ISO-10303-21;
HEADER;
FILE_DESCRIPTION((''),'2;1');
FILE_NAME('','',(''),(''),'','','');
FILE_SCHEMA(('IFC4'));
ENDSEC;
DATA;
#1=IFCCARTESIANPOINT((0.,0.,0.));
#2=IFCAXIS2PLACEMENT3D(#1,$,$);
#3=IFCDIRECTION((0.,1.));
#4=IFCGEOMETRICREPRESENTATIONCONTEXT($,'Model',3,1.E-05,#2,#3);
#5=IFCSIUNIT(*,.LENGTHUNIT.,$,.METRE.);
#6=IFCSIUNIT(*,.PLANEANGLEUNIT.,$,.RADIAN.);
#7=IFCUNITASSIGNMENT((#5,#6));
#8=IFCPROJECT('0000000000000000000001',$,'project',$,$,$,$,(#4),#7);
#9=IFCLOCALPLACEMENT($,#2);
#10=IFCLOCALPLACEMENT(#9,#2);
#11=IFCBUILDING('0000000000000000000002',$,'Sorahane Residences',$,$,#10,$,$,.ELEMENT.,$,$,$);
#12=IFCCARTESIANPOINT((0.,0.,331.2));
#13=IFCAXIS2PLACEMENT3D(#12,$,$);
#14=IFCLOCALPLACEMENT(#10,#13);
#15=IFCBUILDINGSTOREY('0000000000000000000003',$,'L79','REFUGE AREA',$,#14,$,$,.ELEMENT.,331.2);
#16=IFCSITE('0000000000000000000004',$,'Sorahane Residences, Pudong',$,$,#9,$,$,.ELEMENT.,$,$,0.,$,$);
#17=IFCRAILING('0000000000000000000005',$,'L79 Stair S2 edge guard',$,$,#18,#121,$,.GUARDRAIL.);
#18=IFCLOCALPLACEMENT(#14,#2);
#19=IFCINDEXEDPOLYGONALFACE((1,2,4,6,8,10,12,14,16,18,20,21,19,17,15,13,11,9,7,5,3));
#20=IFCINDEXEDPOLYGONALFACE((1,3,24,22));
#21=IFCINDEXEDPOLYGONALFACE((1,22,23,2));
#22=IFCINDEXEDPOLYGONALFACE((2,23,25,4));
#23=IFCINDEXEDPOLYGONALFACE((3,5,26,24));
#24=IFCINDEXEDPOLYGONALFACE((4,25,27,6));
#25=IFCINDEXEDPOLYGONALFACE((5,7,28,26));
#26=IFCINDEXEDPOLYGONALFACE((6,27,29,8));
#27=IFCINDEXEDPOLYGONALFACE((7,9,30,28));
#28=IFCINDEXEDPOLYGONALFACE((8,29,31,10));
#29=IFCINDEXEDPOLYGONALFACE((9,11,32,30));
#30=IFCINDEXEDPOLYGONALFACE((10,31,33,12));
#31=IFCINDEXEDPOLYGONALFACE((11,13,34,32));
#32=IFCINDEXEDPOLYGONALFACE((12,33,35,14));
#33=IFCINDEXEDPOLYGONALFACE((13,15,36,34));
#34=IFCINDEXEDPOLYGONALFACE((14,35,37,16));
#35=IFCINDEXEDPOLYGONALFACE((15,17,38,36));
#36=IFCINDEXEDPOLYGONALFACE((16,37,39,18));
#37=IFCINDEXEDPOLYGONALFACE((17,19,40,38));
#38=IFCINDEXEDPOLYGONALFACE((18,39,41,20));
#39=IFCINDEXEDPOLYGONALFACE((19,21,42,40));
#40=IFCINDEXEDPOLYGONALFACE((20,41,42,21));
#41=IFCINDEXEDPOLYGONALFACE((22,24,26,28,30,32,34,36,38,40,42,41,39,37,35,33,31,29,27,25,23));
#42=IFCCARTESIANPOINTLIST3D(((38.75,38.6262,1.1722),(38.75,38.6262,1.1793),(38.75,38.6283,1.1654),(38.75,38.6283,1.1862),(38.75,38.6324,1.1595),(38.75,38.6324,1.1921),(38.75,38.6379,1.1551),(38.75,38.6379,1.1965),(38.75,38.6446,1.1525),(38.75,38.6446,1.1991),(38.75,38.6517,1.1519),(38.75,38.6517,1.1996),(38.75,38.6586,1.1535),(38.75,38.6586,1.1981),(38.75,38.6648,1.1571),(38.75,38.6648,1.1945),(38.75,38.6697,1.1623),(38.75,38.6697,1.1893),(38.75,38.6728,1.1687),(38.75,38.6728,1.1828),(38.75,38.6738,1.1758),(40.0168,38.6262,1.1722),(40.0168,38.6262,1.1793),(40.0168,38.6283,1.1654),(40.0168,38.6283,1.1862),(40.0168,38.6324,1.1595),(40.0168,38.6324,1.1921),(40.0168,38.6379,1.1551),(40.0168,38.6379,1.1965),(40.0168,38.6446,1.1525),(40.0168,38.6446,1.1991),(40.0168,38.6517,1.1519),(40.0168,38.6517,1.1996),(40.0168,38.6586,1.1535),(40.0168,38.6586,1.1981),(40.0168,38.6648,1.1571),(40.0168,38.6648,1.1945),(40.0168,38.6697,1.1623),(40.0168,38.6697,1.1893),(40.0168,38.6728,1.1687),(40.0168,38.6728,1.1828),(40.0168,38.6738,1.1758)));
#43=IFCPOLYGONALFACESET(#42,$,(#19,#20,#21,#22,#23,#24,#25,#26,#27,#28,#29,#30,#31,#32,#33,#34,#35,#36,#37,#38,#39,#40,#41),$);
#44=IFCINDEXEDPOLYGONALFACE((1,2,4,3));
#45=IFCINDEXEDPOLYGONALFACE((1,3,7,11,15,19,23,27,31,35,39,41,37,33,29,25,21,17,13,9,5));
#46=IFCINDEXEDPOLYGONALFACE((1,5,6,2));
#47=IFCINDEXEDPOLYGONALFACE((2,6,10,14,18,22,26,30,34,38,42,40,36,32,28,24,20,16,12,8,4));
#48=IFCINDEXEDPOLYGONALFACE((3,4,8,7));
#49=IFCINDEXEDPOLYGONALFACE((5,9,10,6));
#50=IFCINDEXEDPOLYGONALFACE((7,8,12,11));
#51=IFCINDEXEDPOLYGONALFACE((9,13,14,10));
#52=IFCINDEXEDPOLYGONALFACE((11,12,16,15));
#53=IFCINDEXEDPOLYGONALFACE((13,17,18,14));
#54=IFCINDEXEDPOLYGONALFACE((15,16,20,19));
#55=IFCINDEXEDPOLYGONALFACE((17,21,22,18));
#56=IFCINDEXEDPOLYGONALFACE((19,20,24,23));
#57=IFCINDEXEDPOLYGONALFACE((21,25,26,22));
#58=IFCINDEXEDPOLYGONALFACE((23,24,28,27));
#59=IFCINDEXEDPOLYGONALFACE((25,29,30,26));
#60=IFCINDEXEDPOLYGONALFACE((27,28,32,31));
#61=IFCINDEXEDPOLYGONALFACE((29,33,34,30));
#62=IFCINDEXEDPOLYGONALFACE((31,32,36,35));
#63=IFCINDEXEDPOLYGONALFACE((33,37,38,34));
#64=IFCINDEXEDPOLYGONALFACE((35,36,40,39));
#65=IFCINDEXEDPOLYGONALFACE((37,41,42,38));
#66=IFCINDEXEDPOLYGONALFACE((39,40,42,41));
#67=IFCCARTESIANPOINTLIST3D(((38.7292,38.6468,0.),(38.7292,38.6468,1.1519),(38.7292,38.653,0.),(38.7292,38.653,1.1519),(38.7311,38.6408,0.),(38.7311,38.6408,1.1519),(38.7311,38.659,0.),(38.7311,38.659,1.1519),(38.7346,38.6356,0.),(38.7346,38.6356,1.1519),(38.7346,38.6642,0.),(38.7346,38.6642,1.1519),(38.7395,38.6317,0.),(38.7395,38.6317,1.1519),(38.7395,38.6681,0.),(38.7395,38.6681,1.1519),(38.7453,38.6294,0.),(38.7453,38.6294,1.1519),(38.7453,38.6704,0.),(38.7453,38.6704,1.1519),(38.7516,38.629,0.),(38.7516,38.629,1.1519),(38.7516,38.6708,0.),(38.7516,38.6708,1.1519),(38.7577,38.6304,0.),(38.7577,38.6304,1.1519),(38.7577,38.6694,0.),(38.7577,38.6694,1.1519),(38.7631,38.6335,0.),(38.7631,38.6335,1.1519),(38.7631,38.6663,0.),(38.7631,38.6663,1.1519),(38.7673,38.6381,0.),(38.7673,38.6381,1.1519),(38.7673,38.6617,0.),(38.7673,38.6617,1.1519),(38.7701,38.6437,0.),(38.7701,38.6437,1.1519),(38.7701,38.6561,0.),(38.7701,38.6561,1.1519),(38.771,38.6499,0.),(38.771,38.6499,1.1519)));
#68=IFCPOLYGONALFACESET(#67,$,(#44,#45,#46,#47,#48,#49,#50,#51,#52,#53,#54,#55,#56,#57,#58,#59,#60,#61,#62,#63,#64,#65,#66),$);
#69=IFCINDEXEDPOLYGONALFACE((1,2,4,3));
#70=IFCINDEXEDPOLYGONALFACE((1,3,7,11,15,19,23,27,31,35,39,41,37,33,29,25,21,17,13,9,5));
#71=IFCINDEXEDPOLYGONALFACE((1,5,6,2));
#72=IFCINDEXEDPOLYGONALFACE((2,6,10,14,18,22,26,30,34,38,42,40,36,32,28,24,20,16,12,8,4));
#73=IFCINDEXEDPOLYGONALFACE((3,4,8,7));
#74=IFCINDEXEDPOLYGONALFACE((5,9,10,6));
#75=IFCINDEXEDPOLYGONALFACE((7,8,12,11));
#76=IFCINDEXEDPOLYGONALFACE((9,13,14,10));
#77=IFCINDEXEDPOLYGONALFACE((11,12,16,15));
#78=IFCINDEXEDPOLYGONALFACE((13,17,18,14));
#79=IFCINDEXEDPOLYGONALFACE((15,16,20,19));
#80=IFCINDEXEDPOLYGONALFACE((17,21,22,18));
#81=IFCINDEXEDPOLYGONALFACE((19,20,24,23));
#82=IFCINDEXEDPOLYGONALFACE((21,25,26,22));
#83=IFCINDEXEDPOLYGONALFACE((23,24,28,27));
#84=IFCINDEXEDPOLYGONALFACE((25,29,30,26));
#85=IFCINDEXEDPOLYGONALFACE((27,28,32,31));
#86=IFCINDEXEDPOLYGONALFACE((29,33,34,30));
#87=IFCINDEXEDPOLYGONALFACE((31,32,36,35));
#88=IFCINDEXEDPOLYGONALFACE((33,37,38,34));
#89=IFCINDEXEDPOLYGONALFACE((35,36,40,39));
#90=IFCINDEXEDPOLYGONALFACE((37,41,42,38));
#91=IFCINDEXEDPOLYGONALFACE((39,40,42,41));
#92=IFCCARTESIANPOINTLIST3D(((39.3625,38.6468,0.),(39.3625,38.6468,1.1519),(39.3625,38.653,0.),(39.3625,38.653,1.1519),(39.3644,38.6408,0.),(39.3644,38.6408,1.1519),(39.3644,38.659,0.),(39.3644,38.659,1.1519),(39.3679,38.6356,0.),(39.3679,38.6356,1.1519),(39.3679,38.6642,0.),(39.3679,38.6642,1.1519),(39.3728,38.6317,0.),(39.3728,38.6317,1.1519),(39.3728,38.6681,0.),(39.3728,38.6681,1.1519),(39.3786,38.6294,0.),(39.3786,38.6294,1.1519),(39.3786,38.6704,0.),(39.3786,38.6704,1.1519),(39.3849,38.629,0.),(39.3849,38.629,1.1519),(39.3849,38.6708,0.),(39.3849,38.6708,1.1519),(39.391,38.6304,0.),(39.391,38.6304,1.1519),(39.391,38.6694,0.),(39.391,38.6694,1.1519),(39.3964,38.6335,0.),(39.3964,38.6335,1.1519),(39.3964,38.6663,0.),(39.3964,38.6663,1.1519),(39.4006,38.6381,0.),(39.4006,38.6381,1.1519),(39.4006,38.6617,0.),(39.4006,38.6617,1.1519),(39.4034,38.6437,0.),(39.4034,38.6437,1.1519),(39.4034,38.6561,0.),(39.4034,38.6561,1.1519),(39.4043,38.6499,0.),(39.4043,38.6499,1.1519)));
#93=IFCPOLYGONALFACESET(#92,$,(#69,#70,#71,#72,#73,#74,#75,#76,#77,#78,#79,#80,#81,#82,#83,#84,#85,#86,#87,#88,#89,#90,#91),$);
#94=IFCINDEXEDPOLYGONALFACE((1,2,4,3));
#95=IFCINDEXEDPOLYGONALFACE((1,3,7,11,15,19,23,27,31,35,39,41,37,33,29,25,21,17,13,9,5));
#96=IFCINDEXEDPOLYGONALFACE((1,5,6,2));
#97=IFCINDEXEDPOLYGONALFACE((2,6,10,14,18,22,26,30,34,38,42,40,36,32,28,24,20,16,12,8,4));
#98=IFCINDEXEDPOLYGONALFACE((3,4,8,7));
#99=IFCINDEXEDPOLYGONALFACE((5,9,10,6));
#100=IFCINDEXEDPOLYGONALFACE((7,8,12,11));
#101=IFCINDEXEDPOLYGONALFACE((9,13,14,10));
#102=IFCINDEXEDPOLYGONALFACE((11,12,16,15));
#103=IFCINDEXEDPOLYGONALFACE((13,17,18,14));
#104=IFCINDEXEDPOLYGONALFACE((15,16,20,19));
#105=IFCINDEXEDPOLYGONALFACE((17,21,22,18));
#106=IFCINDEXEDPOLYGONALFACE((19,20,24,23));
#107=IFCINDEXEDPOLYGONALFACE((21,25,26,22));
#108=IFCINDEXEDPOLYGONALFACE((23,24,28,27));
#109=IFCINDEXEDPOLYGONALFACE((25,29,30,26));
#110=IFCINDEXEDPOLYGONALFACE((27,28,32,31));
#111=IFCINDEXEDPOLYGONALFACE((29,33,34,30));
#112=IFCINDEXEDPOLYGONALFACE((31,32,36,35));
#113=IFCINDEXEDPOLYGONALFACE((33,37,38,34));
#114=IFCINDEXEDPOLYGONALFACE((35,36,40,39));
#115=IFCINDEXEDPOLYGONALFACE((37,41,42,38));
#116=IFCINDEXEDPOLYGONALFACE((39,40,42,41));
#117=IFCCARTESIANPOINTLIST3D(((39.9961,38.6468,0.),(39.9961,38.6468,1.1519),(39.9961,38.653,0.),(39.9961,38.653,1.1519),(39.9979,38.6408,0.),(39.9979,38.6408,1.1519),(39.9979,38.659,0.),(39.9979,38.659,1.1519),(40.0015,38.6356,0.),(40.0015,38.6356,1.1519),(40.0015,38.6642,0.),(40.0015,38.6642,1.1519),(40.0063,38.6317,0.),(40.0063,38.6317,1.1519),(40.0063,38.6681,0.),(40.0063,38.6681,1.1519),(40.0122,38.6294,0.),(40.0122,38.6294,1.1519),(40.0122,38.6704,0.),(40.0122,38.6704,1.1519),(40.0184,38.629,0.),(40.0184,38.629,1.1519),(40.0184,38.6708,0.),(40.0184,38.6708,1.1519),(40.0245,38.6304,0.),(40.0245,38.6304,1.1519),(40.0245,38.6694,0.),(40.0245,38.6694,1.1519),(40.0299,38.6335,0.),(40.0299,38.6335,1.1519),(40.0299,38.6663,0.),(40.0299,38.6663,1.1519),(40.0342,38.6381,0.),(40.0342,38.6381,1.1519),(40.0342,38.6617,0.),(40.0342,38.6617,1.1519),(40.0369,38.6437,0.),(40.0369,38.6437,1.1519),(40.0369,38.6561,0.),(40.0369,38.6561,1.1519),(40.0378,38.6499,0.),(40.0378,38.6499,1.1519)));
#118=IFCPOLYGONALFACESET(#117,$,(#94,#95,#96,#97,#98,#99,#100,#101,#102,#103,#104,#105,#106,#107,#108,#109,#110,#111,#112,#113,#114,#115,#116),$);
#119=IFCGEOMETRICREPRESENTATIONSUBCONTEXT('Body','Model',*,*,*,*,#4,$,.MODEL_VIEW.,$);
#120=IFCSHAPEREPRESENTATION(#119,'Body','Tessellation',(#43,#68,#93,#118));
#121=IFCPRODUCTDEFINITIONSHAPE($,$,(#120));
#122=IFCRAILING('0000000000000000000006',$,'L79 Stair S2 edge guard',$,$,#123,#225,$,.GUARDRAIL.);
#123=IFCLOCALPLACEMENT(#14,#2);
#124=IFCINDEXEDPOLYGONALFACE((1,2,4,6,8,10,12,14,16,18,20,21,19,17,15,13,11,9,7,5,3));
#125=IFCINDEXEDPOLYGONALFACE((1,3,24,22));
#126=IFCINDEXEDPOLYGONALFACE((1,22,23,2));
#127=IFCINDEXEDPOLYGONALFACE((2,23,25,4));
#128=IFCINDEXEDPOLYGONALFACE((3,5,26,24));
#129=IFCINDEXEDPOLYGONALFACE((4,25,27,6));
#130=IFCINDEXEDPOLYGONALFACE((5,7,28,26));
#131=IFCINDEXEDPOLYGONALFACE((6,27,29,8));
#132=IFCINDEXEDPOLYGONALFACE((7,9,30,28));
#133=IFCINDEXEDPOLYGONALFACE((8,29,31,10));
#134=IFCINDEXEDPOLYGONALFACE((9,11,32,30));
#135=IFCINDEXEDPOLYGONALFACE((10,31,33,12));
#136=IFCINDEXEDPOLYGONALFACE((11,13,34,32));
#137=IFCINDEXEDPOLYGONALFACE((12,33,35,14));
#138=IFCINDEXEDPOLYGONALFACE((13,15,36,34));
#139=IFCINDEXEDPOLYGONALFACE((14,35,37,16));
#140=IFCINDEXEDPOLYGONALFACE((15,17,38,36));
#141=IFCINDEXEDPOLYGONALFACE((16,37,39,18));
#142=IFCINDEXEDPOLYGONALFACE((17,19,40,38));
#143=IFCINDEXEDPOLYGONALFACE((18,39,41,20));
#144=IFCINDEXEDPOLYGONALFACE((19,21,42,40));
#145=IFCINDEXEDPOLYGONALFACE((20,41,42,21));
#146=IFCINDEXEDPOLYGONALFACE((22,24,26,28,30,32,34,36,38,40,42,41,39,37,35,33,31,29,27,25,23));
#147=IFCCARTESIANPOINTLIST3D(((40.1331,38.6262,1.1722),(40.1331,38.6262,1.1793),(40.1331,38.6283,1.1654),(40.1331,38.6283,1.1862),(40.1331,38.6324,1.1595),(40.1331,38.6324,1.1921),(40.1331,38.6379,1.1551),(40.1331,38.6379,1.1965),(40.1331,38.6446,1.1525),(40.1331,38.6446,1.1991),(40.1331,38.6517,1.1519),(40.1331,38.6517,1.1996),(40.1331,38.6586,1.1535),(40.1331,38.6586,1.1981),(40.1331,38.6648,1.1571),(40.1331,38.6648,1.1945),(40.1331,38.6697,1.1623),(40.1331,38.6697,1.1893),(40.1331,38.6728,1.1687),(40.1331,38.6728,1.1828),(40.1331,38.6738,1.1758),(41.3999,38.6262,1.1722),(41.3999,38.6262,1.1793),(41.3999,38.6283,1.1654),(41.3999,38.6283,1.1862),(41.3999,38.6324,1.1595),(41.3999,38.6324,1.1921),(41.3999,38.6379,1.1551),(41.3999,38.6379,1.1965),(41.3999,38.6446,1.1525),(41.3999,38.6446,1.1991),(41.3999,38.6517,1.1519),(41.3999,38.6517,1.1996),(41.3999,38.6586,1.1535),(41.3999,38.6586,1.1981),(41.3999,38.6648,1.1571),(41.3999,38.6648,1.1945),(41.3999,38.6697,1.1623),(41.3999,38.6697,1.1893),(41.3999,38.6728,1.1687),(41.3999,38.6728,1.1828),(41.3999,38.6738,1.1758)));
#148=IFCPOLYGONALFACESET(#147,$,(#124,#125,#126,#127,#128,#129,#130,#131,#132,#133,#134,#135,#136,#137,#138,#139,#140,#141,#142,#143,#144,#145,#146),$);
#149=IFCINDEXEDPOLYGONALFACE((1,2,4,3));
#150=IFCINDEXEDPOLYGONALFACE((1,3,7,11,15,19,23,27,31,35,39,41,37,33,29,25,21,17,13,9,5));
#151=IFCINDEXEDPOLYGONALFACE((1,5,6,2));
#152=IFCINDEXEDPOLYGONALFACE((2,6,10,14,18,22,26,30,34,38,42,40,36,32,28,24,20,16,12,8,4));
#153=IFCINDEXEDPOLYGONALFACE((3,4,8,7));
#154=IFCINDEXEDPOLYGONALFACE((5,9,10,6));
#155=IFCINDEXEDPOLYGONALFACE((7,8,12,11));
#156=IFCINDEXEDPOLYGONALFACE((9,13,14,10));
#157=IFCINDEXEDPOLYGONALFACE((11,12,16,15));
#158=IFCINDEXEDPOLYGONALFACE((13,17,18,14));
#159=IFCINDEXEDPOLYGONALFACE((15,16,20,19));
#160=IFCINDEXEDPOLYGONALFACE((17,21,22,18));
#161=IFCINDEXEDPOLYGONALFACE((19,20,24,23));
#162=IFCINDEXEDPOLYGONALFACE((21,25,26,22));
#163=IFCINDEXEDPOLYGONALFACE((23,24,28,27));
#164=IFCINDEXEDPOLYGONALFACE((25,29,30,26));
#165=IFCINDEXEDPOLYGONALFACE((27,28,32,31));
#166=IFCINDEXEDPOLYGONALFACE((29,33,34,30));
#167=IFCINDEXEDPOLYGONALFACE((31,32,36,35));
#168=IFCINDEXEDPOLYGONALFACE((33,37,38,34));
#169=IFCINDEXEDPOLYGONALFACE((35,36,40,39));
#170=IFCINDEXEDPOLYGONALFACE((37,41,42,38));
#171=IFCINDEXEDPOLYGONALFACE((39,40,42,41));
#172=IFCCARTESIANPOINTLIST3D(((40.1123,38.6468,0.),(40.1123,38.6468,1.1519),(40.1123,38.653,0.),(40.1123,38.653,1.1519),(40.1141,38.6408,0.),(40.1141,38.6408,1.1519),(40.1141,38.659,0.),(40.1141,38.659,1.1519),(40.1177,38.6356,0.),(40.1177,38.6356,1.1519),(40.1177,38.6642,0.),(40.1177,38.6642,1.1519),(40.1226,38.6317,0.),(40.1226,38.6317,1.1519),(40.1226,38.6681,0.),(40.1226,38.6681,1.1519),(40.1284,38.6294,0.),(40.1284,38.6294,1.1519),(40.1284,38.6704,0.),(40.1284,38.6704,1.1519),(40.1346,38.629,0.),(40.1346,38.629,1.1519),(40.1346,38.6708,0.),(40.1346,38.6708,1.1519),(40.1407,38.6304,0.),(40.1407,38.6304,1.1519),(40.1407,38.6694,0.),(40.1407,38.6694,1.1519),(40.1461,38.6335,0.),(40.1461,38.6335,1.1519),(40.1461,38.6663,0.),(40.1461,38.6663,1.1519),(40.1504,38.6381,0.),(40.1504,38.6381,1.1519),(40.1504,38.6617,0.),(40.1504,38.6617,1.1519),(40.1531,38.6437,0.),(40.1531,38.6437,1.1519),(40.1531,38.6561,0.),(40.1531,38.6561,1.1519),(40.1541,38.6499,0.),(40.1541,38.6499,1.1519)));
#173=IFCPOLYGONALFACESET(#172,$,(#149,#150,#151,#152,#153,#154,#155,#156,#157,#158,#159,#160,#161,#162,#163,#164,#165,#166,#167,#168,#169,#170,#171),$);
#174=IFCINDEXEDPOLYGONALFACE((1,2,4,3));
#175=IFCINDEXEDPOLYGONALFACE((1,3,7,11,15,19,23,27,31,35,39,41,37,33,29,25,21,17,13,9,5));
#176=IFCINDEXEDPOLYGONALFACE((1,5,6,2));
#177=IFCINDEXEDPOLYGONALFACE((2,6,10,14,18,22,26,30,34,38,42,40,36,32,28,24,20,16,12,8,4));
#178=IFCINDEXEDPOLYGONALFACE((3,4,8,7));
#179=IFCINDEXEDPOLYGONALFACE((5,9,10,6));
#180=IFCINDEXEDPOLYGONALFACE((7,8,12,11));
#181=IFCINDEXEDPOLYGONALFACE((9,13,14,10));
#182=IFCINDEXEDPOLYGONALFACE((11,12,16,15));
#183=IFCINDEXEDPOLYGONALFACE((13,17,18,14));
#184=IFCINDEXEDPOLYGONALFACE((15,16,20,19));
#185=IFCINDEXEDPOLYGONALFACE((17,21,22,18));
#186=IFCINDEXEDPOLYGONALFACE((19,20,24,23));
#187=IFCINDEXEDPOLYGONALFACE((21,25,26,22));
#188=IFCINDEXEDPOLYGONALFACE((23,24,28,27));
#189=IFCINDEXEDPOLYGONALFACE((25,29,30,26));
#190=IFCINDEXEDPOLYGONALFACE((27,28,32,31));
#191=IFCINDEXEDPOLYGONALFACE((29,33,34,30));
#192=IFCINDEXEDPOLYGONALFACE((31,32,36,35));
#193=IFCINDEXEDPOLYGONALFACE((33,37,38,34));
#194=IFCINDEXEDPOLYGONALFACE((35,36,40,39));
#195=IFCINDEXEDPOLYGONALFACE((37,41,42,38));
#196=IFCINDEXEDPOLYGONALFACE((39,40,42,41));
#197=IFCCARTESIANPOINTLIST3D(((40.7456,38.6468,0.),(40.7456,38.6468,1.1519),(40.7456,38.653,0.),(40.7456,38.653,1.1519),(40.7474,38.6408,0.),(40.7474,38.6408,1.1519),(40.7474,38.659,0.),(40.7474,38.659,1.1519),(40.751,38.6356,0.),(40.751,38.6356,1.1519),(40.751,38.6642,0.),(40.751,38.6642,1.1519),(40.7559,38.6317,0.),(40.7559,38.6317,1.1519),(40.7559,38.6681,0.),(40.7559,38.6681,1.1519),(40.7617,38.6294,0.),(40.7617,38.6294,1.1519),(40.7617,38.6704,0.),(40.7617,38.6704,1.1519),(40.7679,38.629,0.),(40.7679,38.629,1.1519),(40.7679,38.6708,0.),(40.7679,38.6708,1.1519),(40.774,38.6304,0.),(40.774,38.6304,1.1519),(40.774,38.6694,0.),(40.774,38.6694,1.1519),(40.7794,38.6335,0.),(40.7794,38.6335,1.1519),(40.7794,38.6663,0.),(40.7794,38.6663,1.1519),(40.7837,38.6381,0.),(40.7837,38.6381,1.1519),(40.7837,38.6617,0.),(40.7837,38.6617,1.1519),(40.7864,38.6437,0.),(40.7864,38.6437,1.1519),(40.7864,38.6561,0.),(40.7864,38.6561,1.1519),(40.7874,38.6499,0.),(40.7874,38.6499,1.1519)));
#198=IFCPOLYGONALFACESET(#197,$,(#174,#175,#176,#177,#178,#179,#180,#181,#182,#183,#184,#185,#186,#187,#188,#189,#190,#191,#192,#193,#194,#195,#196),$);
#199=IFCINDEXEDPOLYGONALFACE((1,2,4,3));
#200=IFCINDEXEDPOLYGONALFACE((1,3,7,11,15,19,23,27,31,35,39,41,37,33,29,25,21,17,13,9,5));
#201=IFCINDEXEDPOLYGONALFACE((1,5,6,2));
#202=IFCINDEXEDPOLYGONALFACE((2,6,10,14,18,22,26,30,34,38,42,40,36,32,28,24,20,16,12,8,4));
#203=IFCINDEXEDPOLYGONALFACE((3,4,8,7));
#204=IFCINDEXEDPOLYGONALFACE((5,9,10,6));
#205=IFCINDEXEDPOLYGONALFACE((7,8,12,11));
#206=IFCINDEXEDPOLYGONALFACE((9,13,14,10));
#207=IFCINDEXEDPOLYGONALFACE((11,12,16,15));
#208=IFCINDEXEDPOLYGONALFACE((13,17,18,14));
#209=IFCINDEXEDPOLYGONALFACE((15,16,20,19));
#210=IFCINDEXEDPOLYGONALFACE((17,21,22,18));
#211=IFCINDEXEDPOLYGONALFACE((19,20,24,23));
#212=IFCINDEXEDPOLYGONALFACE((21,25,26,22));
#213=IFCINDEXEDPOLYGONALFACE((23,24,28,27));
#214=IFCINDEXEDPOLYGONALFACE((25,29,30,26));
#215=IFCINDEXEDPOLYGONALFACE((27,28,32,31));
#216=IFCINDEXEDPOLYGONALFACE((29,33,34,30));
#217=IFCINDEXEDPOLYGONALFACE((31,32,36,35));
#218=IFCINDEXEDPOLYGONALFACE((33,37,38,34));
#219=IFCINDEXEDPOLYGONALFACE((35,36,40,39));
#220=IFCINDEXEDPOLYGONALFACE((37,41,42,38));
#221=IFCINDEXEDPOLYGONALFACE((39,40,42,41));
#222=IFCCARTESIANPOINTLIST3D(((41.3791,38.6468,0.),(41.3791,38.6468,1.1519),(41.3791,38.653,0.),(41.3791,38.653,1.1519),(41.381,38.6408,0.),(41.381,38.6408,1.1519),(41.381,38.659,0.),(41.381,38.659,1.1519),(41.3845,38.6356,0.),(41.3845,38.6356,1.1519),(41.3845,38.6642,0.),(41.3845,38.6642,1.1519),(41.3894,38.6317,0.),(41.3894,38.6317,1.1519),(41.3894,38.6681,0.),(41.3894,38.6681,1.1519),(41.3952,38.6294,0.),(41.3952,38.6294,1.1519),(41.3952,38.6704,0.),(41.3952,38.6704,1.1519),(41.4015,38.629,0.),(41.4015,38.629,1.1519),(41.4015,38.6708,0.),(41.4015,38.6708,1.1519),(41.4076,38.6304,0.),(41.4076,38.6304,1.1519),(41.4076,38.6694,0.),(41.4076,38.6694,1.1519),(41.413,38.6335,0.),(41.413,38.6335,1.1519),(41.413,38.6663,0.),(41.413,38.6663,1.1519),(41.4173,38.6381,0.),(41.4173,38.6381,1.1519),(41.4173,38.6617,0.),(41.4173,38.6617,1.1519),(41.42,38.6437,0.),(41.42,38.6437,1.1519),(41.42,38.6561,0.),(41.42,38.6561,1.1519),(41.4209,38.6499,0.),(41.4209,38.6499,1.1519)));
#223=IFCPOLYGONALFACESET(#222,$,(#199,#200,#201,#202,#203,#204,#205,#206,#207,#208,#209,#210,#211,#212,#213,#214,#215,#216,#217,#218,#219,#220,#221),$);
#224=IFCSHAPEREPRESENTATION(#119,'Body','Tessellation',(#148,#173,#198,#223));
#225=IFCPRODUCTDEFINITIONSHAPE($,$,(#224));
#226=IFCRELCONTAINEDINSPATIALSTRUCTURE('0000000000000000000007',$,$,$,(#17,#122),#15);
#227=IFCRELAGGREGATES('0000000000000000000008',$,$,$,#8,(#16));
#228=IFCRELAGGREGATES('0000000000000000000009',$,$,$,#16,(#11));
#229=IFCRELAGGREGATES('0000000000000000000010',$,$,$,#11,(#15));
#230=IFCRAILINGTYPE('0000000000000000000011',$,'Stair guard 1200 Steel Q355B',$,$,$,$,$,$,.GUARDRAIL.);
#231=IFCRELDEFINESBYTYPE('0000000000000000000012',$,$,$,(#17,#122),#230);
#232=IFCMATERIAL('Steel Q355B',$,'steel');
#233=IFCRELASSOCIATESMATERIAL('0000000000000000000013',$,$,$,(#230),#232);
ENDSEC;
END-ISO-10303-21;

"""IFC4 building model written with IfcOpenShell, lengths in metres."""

from ifc_helpers import new_model, si_unit, direction, frame, origin, origin_2d, place, context, subcontext, project, spatial, circle, extrude, material, type_object, element, save


model = new_model("IFC4")

# Units and contexts
model_context = context("Model", 3, precision=1e-05, world=origin(), true_north=direction((0.0, 1.0)))
body_context = subcontext(model_context, "Body", "Model", "MODEL_VIEW")
ifc_project = project(units=[si_unit("LENGTHUNIT", "METRE"), si_unit("PLANEANGLEUNIT", "RADIAN")], contexts=[model_context])

# Site, building, storey
site_placement = place(None, origin())
site = spatial("IfcSite", under=ifc_project, at=site_placement, Name="Sorahane Residences, Pudong", CompositionType="ELEMENT", RefElevation=0.0)
building_placement = place(site_placement, origin())
building = spatial("IfcBuilding", under=site, at=building_placement, Name="Sorahane Residences", CompositionType="ELEMENT")
storey_placement = place(building_placement, frame((0.0, 0.0, 331.2)))
storey = spatial("IfcBuildingStorey", under=building, at=storey_placement, Name="L79", Description="REFUGE AREA", CompositionType="ELEMENT", Elevation=331.2)

# Railings
ifc_material_1 = material(Name="Steel Q355B", Category="steel")
railing_type_1 = type_object("IfcRailingType", Name="Stair guard 1200 Steel Q355B", PredefinedType="GUARDRAIL", material=ifc_material_1)
for number, where, name in (
    (1, (38.75, 38.6499, 0.0), "L79 Stair S2 edge guard"),
    (2, (40.1331, 38.6499, 0.0), "L79 Stair S2 edge guard"),
):
    element("IfcRailing", number, at=place(storey_placement, frame(where)), inside=storey, type_object=railing_type_1, Name=name, PredefinedType="GUARDRAIL", context=body_context, shape_type="SweptSolid", body=[
        extrude(circle(Radius=0.0239, at=origin_2d()), frame((0.0, 0.0, 1.1758), z_axis=(1.0, 0.0, 0.0), x_axis=(0.0, 1.0, 0.0)), (0.0, 0.0, 1.0), 1.2668),
        extrude(circle(Radius=0.021, at=origin_2d()), origin(), (0.0, 0.0, 1.0), 1.1519),
        extrude(circle(Radius=0.021, at=origin_2d()), frame((0.6333, 0.0, 0.0)), (0.0, 0.0, 1.0), 1.1519),
        extrude(circle(Radius=0.021, at=origin_2d()), frame((1.2668, 0.0, 0.0)), (0.0, 0.0, 1.0), 1.1519),
    ])

save(model, "model.ifc")
